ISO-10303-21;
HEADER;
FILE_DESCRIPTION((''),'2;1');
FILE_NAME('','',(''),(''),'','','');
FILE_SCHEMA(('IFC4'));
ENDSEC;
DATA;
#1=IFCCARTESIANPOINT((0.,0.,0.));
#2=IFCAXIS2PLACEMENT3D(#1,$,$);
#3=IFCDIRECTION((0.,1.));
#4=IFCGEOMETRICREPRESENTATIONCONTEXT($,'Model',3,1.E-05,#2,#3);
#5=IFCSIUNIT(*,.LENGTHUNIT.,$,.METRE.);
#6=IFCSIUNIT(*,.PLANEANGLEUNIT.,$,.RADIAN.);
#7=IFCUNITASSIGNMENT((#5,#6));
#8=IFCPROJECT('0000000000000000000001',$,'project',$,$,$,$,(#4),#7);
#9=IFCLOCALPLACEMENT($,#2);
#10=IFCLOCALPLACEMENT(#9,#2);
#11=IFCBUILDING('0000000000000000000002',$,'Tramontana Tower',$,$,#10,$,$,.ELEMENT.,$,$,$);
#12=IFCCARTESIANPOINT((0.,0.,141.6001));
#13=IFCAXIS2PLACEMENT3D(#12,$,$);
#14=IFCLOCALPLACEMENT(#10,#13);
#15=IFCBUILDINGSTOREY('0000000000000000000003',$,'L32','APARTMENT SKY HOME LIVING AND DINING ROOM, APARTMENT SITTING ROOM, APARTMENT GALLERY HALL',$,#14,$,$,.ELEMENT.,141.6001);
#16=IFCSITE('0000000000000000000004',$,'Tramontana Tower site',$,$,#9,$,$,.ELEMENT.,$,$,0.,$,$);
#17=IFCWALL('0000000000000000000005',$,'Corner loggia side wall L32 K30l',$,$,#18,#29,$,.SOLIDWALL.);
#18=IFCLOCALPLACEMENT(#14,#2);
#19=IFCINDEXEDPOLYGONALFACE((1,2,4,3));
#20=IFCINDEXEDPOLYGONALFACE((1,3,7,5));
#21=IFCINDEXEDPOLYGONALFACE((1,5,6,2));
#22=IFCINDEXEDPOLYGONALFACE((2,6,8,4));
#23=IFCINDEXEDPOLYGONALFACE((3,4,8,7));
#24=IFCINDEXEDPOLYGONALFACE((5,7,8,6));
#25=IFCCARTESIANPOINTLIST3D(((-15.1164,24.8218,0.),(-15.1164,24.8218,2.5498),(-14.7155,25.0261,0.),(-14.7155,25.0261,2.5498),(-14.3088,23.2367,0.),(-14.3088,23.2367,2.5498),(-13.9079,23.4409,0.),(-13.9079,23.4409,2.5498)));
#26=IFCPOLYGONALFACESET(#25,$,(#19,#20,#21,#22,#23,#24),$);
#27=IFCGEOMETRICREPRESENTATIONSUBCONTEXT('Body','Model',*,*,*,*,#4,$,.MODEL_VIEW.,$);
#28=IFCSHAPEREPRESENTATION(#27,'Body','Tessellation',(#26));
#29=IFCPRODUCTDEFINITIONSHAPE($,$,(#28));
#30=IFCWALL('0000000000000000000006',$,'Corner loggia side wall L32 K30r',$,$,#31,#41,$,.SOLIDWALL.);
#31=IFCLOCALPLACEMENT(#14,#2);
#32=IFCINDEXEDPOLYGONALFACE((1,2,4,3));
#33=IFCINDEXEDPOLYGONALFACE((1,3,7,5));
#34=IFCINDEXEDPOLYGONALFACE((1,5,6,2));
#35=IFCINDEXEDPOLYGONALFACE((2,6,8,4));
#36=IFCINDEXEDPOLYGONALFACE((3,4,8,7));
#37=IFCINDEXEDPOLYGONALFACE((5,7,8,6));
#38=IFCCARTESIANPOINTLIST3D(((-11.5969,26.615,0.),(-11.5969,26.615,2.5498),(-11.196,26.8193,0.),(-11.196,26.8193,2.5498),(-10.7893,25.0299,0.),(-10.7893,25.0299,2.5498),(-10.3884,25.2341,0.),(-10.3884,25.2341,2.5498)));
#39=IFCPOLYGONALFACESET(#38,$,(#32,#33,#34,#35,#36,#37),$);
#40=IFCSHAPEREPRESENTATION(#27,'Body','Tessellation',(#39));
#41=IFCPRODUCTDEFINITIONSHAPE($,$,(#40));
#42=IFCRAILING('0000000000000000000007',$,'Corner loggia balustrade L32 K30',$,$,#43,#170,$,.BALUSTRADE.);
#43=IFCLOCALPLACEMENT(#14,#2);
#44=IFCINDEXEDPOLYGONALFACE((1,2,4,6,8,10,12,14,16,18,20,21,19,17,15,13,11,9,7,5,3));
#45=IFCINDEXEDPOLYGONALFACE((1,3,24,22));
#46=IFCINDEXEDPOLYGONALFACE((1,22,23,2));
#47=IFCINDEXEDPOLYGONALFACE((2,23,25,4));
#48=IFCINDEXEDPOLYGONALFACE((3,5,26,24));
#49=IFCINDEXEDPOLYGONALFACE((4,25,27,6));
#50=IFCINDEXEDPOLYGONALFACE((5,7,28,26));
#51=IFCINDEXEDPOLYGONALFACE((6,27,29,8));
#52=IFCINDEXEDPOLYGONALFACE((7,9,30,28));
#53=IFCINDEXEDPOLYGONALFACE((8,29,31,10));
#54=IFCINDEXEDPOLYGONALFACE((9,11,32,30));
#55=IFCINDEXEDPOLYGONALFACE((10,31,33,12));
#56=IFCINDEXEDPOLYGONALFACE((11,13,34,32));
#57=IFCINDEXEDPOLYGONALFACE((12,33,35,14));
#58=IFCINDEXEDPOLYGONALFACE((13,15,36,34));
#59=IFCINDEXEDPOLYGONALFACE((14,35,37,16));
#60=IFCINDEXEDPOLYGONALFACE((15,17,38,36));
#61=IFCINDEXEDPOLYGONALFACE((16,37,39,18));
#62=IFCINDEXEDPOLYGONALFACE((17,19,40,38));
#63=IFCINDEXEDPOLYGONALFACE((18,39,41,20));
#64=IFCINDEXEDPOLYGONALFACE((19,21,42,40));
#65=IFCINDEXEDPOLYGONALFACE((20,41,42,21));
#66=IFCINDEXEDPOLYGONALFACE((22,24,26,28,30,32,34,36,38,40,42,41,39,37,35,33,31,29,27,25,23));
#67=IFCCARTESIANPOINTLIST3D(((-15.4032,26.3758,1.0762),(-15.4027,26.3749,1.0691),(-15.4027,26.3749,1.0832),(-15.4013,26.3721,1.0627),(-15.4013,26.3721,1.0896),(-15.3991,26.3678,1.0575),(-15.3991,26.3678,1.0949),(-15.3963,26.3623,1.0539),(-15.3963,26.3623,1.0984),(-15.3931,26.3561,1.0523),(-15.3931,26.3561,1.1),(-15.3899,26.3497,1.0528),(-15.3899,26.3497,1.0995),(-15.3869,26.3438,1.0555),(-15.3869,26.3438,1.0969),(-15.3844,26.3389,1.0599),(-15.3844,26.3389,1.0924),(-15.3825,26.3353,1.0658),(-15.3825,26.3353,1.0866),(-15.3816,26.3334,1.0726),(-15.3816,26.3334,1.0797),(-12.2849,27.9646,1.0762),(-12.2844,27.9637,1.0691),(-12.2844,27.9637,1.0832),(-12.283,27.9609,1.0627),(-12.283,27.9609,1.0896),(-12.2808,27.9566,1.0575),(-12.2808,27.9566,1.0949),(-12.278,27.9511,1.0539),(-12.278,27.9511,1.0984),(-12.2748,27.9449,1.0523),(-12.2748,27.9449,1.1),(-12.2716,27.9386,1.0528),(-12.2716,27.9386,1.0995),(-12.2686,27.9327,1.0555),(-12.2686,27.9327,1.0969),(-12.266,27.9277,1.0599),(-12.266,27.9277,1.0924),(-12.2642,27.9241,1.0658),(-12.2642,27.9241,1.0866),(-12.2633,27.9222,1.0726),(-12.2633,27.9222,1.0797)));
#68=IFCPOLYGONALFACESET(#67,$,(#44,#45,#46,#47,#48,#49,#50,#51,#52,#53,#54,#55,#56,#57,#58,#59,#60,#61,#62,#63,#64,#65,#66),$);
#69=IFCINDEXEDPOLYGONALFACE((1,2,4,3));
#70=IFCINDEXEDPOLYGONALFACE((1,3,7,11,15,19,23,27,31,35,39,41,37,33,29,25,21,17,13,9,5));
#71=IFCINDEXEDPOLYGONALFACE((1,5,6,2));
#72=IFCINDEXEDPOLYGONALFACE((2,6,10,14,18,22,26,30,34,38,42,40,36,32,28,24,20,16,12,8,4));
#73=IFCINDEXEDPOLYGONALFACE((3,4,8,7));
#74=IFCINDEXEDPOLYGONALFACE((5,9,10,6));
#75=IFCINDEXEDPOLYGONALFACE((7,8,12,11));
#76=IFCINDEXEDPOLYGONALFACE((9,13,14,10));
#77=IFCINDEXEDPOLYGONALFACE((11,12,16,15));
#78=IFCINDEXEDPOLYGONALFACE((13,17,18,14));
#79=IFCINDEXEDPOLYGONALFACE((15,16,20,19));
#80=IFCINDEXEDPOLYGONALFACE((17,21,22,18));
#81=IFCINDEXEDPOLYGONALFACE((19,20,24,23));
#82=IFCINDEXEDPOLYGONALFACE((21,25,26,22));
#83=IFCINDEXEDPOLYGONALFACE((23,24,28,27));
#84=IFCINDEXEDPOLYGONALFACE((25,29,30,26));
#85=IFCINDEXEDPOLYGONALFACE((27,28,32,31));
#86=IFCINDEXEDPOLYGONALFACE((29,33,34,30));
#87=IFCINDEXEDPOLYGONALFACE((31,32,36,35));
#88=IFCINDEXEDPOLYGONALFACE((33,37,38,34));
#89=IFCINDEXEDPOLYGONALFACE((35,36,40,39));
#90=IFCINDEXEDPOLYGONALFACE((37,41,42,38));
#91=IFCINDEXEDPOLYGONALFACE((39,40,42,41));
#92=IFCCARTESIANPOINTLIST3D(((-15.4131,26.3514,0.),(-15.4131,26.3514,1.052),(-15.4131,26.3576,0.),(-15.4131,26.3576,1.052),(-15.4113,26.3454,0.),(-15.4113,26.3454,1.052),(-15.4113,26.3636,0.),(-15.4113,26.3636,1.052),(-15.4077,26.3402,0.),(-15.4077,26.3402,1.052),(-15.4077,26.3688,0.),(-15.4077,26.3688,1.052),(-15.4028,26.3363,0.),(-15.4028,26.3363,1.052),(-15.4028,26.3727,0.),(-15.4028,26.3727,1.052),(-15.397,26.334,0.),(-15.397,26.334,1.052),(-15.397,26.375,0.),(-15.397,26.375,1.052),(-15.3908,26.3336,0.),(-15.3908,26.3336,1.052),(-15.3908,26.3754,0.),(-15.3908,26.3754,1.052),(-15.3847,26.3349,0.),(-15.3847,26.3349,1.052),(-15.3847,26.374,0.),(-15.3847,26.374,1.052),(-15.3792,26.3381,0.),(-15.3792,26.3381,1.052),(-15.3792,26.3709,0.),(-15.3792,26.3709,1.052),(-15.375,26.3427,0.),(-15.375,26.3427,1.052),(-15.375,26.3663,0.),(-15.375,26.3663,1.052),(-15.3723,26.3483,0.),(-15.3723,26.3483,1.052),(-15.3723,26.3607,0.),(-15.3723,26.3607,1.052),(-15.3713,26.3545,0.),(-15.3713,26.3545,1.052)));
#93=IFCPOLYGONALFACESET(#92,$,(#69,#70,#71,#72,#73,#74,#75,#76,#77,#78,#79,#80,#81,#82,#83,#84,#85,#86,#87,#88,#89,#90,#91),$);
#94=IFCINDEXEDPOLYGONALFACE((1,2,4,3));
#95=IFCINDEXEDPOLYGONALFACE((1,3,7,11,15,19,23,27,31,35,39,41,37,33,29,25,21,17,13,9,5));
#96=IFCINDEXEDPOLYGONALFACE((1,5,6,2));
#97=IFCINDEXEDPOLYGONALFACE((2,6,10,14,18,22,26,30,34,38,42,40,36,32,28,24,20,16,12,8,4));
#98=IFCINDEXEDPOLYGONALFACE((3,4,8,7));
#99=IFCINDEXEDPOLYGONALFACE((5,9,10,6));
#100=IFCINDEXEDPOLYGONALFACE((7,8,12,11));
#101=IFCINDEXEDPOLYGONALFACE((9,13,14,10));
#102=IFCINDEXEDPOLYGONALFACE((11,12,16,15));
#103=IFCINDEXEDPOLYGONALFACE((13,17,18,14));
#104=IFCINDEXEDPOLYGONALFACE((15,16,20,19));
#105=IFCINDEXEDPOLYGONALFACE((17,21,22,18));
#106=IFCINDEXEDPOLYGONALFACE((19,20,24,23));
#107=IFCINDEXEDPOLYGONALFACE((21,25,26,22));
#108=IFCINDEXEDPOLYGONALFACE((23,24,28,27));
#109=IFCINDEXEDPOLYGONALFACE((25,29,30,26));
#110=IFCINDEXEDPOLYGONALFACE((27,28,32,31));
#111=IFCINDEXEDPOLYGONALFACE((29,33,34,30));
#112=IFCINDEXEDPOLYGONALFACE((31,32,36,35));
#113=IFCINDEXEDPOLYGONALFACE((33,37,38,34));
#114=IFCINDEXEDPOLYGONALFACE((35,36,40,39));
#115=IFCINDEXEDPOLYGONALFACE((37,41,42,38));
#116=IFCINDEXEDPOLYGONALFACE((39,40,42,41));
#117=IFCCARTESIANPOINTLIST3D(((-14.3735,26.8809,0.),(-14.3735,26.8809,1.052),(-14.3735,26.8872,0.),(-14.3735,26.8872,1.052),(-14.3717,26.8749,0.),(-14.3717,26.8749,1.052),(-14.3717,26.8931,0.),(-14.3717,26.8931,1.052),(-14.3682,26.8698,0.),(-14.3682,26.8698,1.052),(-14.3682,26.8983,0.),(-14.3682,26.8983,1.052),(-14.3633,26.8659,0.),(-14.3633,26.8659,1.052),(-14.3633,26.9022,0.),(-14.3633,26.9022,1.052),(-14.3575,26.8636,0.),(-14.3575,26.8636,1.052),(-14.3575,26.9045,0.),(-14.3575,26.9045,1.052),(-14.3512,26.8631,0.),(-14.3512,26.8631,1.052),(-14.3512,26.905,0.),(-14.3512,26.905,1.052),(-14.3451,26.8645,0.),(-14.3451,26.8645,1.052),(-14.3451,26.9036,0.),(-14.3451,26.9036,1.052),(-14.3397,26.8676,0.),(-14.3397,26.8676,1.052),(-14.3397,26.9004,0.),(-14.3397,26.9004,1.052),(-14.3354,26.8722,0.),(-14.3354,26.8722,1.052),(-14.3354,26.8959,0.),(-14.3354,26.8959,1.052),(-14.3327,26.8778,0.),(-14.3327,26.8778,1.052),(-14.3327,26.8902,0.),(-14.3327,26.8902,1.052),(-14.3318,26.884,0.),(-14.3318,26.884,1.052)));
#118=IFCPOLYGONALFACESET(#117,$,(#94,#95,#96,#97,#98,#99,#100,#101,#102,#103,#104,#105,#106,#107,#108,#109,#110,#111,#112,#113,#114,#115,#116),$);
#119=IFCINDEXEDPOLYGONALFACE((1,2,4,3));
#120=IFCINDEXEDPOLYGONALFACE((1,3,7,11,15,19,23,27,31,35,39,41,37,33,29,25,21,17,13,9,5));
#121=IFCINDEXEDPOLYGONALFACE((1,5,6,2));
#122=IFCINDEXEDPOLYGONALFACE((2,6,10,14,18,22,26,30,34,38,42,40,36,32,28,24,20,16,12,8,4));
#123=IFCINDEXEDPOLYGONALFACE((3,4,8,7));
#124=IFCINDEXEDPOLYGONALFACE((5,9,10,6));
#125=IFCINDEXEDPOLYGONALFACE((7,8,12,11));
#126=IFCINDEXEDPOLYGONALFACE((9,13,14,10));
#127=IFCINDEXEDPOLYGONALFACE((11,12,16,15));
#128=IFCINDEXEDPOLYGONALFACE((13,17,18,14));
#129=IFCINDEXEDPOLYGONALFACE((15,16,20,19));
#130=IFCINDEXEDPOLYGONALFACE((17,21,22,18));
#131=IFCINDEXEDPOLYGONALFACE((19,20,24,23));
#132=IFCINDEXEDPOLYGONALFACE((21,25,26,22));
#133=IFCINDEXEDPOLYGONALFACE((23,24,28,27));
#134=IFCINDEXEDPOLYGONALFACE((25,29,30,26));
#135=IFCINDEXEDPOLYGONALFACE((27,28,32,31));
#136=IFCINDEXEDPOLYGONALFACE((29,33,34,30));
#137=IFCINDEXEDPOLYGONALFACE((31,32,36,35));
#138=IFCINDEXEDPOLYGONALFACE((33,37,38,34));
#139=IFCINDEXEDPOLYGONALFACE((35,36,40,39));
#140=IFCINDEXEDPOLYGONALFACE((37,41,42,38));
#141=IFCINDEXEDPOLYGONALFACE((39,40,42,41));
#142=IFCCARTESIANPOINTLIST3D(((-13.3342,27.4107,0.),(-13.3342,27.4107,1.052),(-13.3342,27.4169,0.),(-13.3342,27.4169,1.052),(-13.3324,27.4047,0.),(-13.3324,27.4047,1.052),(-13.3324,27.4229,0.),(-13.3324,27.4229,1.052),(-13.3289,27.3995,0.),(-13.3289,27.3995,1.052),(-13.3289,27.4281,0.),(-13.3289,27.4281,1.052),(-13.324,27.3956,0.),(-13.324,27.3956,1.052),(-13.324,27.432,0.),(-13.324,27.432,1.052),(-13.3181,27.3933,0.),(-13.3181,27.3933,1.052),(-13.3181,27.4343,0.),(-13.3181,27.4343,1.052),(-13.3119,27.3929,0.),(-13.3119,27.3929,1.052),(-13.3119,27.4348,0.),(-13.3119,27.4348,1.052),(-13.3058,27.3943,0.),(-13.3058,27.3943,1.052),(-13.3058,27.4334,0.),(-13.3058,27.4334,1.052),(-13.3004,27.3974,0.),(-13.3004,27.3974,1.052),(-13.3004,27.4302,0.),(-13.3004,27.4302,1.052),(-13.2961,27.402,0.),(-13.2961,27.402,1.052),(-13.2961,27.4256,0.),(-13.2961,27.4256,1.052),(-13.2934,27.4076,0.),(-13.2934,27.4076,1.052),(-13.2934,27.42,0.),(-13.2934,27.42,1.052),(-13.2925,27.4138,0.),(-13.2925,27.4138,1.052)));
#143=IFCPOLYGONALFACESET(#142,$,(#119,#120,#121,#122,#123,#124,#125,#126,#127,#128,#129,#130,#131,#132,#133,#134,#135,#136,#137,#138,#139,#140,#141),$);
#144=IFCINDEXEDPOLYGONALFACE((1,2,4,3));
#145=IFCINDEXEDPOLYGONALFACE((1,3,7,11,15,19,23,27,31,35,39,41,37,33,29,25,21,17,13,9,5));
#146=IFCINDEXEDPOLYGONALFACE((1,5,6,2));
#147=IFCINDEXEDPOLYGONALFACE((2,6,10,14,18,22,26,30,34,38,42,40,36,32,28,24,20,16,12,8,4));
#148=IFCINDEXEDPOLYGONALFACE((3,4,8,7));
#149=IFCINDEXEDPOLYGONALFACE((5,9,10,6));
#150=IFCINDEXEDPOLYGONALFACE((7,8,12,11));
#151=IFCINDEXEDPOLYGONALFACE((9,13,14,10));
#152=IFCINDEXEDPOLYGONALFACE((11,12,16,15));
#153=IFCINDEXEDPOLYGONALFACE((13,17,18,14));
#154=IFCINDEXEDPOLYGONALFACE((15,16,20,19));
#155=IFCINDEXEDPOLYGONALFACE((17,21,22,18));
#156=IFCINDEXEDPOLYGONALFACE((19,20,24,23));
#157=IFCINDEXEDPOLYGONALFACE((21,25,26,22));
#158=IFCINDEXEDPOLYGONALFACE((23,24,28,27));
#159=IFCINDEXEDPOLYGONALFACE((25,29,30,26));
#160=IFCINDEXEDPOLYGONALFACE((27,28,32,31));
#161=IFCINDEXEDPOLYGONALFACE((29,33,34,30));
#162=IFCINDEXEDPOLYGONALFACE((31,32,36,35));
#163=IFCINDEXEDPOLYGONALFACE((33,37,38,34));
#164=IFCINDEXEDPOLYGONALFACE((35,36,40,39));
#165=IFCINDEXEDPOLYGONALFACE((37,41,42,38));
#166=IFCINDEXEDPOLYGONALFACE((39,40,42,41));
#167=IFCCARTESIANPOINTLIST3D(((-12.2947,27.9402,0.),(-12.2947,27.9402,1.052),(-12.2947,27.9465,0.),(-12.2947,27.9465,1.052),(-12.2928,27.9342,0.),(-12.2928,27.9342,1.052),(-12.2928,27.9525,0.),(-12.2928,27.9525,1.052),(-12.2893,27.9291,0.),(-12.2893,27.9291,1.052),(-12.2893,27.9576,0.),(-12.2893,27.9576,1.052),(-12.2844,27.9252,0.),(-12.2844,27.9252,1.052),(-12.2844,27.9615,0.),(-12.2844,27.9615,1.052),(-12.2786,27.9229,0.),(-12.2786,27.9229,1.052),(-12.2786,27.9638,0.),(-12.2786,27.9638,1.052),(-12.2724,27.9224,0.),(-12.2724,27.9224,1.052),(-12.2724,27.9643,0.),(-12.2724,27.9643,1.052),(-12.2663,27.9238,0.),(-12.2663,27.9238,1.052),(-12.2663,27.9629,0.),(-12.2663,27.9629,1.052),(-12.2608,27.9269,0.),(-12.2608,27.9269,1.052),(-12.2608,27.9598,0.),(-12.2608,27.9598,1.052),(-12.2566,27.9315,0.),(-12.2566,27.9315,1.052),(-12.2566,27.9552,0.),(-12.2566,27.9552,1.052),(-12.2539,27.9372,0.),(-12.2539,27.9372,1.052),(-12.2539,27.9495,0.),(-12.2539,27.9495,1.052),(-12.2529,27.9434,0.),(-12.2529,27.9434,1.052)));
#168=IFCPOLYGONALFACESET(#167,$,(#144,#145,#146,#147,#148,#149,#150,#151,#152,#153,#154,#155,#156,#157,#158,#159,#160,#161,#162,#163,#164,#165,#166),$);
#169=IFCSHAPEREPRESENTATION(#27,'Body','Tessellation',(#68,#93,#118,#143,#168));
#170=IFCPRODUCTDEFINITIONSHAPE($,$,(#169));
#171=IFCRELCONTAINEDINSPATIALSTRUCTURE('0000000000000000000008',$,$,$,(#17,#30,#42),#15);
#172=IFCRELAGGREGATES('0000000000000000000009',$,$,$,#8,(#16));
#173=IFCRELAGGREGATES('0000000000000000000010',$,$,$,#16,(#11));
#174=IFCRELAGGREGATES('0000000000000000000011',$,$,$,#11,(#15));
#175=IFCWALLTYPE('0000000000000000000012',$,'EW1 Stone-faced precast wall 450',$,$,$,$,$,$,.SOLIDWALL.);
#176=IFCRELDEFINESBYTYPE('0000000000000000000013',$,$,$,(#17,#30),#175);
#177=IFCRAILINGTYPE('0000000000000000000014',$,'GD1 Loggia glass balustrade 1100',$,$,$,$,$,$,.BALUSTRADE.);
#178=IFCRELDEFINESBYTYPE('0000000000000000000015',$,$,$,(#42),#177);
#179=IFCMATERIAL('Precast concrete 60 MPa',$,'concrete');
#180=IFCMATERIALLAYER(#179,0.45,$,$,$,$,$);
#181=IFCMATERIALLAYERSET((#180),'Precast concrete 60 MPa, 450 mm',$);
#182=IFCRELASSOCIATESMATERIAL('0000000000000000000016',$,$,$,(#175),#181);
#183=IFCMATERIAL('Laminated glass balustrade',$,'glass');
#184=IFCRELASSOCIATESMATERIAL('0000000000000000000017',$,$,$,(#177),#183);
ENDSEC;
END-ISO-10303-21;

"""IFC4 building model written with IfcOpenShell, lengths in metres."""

from ifc_helpers import new_model, si_unit, direction, frame, frame_2d, origin, origin_2d, place, context, subcontext, project, spatial, rectangle, circle, extrude, material, layer, layer_set, type_object, element, save


model = new_model("IFC4")

# Units and contexts
model_context = context("Model", 3, precision=1e-05, world=origin(), true_north=direction((0.0, 1.0)))
body_context = subcontext(model_context, "Body", "Model", "MODEL_VIEW")
ifc_project = project(units=[si_unit("LENGTHUNIT", "METRE"), si_unit("PLANEANGLEUNIT", "RADIAN")], contexts=[model_context])

# Site, building, storey
site_placement = place(None, origin())
site = spatial("IfcSite", under=ifc_project, at=site_placement, Name="Tramontana Tower site", CompositionType="ELEMENT", RefElevation=0.0)
building_placement = place(site_placement, origin())
building = spatial("IfcBuilding", under=site, at=building_placement, Name="Tramontana Tower", CompositionType="ELEMENT")
storey_placement = place(building_placement, frame((0.0, 0.0, 141.6001)))
storey = spatial("IfcBuildingStorey", under=building, at=storey_placement, Name="L32", Description="APARTMENT SKY HOME LIVING AND DINING ROOM, APARTMENT SITTING ROOM, APARTMENT GALLERY HALL", CompositionType="ELEMENT", Elevation=141.6001)

# Shared definitions
ifc_material_1 = material(Name="Precast concrete 60 MPa", Category="concrete")
ifc_layer = layer(ifc_material_1, 0.45)
ifc_layer_set = layer_set([ifc_layer], Name="Precast concrete 60 MPa, 450 mm")
wall_type = type_object("IfcWallType", Name="EW1 Stone-faced precast wall 450", PredefinedType="SOLIDWALL", material=ifc_layer_set)

# Walls
for number, where, z_axis, x_axis, name in (
    (1, (-14.916, 24.9241, 0.0), (0.0, 0.0, 1.0), (0.453953, -0.891026, 0.0), "Corner loggia side wall L32 K30l"),
    (2, (-11.3965, 26.7173, 0.0), (0.0, 0.0, 1.0), (0.453953, -0.891026, 0.0), "Corner loggia side wall L32 K30r"),
):
    element("IfcWall", number, at=place(storey_placement, frame(where, z_axis=z_axis, x_axis=x_axis)), inside=storey, type_object=wall_type, Name=name, PredefinedType="SOLIDWALL", context=body_context, shape_type="SweptSolid", body=[
        extrude(rectangle(XDim=1.7791, YDim=0.45, at=frame_2d((0.8896, 0.0))), origin(), (0.0, 0.0, 1.0), 2.5498),
    ])

# Railing
ifc_material_2 = material(Name="Laminated glass balustrade", Category="glass")
railing_type = type_object("IfcRailingType", Name="GD1 Loggia glass balustrade 1100", PredefinedType="BALUSTRADE", material=ifc_material_2)
railing_placement = place(storey_placement, frame((-15.3923, 26.3545, 0.0)))
element("IfcRailing", 3, at=railing_placement, inside=storey, type_object=railing_type, Name="Corner loggia balustrade L32 K30", PredefinedType="BALUSTRADE", context=body_context, shape_type="SweptSolid", body=[
    extrude(circle(Radius=0.0239, at=origin_2d()), frame((0.0, 0.0, 1.0762), z_axis=(0.891011, 0.453981, 0.0), x_axis=(-0.453981, 0.891011, 0.0)), (0.0, 0.0, 1.0), 3.4998),
    extrude(circle(Radius=0.021, at=origin_2d()), origin(), (0.0, 0.0, 1.0), 1.052),
    extrude(circle(Radius=0.021, at=origin_2d()), frame((1.0396, 0.5295, 0.0)), (0.0, 0.0, 1.0), 1.052),
    extrude(circle(Radius=0.021, at=origin_2d()), frame((2.0789, 1.0593, 0.0)), (0.0, 0.0, 1.0), 1.052),
    extrude(circle(Radius=0.021, at=origin_2d()), frame((3.1184, 1.5889, 0.0)), (0.0, 0.0, 1.0), 1.052),
])

save(model, "model.ifc")
